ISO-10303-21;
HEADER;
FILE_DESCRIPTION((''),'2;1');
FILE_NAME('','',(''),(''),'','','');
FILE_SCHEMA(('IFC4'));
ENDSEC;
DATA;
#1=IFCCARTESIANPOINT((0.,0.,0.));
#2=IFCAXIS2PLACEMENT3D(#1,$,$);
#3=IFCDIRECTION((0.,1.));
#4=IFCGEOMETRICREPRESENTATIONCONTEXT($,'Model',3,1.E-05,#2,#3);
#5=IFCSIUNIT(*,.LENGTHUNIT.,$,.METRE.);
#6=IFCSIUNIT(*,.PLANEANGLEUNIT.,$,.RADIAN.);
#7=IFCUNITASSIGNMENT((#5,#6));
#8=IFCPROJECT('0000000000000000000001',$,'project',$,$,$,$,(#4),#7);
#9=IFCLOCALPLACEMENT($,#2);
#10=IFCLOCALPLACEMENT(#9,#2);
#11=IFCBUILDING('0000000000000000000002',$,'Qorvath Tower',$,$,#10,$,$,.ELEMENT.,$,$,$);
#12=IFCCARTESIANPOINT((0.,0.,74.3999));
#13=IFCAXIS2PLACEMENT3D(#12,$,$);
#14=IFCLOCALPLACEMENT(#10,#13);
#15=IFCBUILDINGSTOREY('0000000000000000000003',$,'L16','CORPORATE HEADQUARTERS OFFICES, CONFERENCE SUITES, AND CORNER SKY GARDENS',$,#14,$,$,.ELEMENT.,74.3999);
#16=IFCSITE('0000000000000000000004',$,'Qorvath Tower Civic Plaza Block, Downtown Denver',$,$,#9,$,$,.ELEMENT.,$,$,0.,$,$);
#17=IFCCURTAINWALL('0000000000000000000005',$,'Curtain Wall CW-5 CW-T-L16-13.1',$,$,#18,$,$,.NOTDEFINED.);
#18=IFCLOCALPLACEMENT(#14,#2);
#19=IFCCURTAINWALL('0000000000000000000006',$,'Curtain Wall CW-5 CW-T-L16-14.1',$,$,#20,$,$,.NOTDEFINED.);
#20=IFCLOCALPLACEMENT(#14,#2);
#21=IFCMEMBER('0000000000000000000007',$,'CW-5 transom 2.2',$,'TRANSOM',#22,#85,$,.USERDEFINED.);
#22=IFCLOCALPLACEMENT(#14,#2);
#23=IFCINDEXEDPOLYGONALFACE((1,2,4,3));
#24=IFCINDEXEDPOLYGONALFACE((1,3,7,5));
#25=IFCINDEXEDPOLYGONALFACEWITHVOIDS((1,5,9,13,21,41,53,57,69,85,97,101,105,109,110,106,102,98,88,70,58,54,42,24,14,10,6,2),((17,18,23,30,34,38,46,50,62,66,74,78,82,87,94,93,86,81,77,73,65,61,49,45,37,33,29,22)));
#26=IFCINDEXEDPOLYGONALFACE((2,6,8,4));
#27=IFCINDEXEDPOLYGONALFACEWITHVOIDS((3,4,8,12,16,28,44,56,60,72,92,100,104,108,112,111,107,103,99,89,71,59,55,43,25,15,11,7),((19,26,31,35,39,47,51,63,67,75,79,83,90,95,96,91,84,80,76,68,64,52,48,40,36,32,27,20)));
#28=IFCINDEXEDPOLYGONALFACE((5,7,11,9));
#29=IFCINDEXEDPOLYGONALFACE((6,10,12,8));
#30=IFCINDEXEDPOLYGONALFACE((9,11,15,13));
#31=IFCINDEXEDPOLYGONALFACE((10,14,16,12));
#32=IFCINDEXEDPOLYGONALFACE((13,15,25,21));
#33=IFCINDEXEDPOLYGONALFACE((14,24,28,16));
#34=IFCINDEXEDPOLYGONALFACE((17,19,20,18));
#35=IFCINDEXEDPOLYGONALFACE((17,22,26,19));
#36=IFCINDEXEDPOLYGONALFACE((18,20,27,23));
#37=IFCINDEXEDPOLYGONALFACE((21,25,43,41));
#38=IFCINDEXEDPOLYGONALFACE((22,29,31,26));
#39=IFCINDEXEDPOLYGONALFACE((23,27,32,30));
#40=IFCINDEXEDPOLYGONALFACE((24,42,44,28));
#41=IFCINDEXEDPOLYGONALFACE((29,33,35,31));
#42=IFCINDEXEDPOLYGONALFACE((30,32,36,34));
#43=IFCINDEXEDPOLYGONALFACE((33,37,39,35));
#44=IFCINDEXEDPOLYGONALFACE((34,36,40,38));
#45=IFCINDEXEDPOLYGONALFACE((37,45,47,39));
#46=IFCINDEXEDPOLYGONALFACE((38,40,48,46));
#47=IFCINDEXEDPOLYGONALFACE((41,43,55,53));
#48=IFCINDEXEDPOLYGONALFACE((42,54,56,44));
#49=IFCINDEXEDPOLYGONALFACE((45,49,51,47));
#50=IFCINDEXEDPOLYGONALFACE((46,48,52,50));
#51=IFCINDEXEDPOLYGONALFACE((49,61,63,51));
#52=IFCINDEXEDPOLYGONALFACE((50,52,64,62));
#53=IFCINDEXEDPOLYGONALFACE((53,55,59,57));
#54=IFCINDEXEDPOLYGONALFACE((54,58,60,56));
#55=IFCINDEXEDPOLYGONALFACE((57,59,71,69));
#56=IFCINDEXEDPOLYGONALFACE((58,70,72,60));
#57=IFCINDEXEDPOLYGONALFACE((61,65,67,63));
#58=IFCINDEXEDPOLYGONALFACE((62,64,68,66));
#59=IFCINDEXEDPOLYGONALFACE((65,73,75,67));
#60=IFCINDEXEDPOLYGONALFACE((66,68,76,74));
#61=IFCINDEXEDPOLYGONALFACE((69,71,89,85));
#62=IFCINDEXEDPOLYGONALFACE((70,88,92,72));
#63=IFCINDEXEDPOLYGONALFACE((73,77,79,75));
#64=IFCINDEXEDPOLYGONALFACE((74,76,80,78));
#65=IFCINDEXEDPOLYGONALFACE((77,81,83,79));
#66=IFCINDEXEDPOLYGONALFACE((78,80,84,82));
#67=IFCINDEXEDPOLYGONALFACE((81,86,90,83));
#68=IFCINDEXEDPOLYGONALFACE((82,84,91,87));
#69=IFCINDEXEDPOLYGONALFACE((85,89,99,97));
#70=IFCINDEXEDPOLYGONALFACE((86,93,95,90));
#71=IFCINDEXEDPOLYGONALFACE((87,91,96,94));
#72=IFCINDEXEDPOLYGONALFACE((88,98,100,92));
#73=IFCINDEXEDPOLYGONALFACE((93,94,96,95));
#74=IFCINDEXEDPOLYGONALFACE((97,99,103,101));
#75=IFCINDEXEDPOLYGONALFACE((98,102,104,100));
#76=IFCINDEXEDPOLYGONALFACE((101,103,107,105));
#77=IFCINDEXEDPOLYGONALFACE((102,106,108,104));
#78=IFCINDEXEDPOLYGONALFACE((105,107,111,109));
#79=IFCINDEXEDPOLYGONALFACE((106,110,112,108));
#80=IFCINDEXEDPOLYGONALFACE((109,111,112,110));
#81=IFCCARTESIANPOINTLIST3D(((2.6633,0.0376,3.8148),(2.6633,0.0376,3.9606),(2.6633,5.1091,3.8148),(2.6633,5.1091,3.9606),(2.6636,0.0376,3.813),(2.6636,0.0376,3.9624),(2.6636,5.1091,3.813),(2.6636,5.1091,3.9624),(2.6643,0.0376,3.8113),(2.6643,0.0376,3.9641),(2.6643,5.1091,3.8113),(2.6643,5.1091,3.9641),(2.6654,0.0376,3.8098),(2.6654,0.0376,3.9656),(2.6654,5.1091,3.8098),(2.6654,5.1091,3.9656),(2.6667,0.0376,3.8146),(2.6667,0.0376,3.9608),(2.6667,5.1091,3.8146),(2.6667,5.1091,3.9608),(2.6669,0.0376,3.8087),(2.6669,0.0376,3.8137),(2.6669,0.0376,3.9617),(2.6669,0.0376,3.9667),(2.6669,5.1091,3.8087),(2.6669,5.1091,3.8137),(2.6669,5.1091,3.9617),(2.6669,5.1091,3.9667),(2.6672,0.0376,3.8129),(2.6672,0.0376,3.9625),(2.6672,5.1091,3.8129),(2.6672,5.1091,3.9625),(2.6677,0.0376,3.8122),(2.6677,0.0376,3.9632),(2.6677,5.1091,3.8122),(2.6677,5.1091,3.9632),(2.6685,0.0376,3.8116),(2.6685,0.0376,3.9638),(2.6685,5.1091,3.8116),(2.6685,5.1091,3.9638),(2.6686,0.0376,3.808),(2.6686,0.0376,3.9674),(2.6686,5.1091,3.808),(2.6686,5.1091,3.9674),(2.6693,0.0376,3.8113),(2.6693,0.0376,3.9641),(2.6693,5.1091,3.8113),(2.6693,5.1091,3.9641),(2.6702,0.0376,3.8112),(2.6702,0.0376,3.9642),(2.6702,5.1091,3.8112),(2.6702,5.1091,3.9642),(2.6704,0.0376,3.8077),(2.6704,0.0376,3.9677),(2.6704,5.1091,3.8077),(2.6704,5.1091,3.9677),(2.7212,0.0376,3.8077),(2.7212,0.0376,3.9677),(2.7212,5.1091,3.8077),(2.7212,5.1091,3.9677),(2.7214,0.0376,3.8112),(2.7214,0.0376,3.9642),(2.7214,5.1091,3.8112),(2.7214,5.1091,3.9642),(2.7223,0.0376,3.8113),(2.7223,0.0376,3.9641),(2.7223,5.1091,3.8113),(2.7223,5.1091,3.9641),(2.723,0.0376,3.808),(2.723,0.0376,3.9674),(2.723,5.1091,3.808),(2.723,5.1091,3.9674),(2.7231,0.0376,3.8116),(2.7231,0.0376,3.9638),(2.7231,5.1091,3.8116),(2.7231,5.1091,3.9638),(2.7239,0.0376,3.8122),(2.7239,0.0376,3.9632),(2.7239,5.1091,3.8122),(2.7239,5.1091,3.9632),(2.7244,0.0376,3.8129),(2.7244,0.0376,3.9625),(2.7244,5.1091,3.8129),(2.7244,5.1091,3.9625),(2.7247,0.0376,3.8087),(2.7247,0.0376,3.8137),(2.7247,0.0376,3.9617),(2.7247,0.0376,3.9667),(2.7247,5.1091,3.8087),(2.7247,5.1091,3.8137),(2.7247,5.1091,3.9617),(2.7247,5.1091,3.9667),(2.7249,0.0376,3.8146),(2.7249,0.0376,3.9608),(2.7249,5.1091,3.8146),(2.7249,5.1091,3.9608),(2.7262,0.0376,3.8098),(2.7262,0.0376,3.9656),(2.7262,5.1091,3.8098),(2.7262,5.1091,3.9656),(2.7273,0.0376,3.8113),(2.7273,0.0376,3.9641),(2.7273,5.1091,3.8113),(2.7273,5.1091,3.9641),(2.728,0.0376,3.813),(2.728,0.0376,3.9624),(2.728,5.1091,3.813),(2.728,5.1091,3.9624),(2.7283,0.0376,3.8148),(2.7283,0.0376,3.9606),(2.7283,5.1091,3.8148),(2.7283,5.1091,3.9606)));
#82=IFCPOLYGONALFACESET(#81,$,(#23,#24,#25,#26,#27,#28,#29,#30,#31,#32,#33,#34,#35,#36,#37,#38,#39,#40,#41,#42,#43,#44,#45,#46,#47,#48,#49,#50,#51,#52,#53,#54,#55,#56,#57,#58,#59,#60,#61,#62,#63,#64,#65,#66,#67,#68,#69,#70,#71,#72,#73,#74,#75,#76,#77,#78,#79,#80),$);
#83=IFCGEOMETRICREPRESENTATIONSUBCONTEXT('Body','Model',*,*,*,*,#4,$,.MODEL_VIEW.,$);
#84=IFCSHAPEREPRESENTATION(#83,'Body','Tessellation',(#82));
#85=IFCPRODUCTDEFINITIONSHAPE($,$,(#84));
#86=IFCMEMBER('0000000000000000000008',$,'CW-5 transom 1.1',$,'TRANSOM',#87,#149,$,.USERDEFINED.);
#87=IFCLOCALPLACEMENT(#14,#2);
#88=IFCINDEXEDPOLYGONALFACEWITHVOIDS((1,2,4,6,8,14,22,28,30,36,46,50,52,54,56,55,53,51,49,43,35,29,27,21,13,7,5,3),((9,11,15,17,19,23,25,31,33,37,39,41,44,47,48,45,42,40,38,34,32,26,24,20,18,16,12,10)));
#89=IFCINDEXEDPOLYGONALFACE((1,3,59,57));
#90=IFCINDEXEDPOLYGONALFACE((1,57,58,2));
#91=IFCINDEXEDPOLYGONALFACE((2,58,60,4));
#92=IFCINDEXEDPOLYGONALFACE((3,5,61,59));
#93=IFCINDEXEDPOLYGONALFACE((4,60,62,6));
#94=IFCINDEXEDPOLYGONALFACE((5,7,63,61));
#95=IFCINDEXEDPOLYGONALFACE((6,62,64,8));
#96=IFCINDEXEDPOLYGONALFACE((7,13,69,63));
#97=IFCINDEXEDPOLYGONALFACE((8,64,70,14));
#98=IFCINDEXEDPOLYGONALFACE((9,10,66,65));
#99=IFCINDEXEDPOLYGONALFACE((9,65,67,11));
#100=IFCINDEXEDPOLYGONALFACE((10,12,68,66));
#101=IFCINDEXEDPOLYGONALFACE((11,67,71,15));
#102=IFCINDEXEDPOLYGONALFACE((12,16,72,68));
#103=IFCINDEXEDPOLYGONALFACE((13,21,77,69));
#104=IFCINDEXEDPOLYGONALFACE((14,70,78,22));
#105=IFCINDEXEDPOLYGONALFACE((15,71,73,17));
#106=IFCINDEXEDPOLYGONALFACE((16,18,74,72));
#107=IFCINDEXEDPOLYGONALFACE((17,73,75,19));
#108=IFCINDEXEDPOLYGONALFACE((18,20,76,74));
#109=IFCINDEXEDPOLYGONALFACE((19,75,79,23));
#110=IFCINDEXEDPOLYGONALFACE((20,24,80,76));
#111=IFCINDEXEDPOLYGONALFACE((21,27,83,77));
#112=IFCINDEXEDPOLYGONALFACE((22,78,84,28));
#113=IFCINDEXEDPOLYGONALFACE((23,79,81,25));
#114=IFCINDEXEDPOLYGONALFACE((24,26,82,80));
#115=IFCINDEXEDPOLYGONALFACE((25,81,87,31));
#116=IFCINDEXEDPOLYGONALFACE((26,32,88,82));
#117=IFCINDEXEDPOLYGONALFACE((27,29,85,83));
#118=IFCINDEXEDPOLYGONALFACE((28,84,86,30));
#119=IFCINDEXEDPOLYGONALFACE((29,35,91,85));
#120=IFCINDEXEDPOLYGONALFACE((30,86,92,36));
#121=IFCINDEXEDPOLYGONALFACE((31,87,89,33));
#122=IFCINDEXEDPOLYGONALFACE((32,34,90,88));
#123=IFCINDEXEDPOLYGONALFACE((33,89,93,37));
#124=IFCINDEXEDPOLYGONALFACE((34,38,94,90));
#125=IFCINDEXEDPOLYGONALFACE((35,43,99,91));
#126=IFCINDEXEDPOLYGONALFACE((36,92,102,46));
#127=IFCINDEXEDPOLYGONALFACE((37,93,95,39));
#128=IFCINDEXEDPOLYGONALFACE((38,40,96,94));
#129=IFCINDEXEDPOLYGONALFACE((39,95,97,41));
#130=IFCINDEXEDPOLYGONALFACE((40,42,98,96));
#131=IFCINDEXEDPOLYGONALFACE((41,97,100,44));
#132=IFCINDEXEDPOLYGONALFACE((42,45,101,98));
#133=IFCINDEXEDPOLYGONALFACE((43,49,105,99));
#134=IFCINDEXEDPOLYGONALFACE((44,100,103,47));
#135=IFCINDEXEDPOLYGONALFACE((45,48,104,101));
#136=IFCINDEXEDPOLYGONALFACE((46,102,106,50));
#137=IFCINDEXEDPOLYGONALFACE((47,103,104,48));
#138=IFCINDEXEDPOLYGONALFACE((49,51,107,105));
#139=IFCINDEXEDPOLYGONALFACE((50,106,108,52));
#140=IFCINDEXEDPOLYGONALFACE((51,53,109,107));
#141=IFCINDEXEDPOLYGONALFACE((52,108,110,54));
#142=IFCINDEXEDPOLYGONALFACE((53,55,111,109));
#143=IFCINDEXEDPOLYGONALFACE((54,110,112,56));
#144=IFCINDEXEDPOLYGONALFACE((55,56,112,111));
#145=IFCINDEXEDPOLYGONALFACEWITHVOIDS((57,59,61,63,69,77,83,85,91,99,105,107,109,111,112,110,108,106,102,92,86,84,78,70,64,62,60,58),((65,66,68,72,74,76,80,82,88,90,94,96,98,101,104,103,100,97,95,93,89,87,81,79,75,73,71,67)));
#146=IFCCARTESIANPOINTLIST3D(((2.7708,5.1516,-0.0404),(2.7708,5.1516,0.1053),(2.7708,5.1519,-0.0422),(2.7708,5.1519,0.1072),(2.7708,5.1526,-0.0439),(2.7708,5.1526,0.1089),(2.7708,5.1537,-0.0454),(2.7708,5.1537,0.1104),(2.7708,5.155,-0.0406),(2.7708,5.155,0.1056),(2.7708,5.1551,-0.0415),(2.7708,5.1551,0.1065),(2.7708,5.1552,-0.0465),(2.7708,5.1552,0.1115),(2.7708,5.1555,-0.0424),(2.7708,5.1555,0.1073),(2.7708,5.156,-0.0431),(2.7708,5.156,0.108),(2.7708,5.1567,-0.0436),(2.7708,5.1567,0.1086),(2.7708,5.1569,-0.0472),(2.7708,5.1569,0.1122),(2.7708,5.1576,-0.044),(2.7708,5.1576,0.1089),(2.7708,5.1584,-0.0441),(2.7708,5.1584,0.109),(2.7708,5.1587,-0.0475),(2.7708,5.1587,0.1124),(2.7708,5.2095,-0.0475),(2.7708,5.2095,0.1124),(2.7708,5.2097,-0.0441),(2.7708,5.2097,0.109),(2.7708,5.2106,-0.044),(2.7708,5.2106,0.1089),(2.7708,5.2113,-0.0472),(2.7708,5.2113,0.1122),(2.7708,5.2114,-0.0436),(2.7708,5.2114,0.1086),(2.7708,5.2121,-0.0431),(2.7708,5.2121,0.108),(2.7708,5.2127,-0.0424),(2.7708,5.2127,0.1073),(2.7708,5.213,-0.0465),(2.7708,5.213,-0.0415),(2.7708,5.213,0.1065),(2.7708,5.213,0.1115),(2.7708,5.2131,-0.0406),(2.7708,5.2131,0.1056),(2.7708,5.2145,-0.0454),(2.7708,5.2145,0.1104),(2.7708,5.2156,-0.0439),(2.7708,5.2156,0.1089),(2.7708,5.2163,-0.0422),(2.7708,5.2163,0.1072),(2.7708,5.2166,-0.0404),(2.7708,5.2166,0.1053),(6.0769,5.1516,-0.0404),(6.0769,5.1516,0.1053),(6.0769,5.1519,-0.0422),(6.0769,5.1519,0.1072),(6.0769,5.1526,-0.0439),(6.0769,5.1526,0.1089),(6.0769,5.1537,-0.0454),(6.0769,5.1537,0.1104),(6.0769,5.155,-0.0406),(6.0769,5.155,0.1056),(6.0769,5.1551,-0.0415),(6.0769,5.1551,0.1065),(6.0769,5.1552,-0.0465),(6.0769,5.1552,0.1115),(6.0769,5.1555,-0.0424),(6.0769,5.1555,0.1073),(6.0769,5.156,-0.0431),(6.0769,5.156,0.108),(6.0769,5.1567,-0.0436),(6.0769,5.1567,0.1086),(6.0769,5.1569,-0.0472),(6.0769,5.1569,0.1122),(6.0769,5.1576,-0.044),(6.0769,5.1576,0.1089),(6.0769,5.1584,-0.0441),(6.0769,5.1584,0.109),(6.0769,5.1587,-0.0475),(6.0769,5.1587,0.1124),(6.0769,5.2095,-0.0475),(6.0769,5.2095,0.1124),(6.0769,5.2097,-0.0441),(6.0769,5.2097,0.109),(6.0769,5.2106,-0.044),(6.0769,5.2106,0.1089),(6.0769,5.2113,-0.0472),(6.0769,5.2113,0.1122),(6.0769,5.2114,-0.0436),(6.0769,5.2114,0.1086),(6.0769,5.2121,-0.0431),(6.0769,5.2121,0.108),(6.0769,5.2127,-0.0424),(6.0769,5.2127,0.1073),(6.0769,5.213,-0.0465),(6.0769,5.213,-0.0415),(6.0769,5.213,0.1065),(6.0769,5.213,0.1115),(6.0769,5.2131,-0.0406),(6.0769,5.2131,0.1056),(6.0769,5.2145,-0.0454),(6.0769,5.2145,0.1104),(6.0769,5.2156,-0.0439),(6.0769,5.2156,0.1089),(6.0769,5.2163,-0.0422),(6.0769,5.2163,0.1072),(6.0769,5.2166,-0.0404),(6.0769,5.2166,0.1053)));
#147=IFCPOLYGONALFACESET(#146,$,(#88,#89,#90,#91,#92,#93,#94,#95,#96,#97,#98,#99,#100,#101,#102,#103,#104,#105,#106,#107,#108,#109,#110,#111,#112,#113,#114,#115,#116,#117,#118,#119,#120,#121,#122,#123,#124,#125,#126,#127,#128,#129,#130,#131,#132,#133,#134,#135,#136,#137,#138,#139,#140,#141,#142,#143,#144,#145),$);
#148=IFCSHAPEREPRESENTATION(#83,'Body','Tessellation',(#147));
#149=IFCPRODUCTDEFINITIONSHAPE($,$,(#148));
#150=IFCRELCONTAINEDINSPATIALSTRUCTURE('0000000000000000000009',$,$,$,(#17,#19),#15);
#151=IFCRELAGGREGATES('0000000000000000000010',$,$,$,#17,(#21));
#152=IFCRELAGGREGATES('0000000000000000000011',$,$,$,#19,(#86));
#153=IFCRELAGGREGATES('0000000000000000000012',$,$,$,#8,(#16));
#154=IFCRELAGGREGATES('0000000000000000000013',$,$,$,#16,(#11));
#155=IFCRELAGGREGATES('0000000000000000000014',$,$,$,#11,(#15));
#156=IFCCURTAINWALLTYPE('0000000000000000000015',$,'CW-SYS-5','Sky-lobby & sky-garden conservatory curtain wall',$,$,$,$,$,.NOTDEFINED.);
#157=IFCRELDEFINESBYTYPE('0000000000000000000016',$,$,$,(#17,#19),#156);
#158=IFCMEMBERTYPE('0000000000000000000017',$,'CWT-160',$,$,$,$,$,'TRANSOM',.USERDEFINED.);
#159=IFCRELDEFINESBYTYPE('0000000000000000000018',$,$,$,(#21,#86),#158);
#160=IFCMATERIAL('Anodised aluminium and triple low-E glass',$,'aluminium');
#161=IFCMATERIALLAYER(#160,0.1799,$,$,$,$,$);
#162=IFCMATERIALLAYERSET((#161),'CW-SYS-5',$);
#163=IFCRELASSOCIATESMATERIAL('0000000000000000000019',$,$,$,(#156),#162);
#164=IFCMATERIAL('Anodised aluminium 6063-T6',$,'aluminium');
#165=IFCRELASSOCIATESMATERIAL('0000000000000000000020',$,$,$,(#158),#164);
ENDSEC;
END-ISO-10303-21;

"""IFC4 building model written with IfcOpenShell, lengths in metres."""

from ifc_helpers import new_model, si_unit, direction, frame, origin, origin_2d, place, context, subcontext, project, spatial, hollow_rectangle, extrude, material, layer, layer_set, material_profile, profile_set, type_object, element, aggregate, save


model = new_model("IFC4")

# Units and contexts
model_context = context("Model", 3, precision=1e-05, world=origin(), true_north=direction((0.0, 1.0)))
body_context = subcontext(model_context, "Body", "Model", "MODEL_VIEW")
ifc_project = project(units=[si_unit("LENGTHUNIT", "METRE"), si_unit("PLANEANGLEUNIT", "RADIAN")], contexts=[model_context])

# Site, building, storey
site_placement = place(None, origin())
site = spatial("IfcSite", under=ifc_project, at=site_placement, Name="Qorvath Tower Civic Plaza Block, Downtown Denver", CompositionType="ELEMENT", RefElevation=0.0)
building_placement = place(site_placement, origin())
building = spatial("IfcBuilding", under=site, at=building_placement, Name="Qorvath Tower", CompositionType="ELEMENT")
storey_placement = place(building_placement, frame((0.0, 0.0, 74.3999)))
storey = spatial("IfcBuildingStorey", under=building, at=storey_placement, Name="L16", Description="CORPORATE HEADQUARTERS OFFICES, CONFERENCE SUITES, AND CORNER SKY GARDENS", CompositionType="ELEMENT", Elevation=74.3999)

# Curtain walls
ifc_material_1 = material(Name="Anodised aluminium and triple low-E glass", Category="aluminium")
ifc_layer_1 = layer(ifc_material_1, 0.1799)
ifc_layer_set_1 = layer_set([ifc_layer_1], Name="CW-SYS-5")
curtain_wall_type = type_object("IfcCurtainWallType", Name="CW-SYS-5", Description="Sky-lobby & sky-garden conservatory curtain wall", PredefinedType="NOTDEFINED", material=ifc_layer_set_1)
curtain_wall_1_placement = place(storey_placement, origin())
curtain_wall_1 = element("IfcCurtainWall", 1, at=curtain_wall_1_placement, inside=storey, type_object=curtain_wall_type, Name="Curtain Wall CW-5 CW-T-L16-13.1", PredefinedType="NOTDEFINED")
curtain_wall_2_placement = place(storey_placement, origin())
curtain_wall_2 = element("IfcCurtainWall", 2, at=curtain_wall_2_placement, inside=storey, type_object=curtain_wall_type, Name="Curtain Wall CW-5 CW-T-L16-14.1", PredefinedType="NOTDEFINED")

# Members
ifc_material_2 = material(Name="Anodised aluminium 6063-T6", Category="aluminium")
ifc_material_profile_1 = material_profile(ifc_material_2, hollow_rectangle(XDim=0.0649, YDim=0.1599, WallThickness=0.0034, InnerFilletRadius=0.0034, OuterFilletRadius=0.0071, at=origin_2d()), Name="CWT 160x65")
ifc_profile_set_1 = profile_set([ifc_material_profile_1], Name="Anodised aluminium 6063-T6")
member_type_1 = type_object("IfcMemberType", Name="CWT-160", ElementType="TRANSOM", PredefinedType="USERDEFINED", material=ifc_profile_set_1)
member_1_placement = place(storey_placement, frame((2.6958, 0.0376, 3.8877), z_axis=(0.0, 1.0, 0.0), x_axis=(-1.0, 0.0, 0.0)))
member_1 = element("IfcMember", 3, at=member_1_placement, type_object=member_type_1, Name="CW-5 transom 2.2", ObjectType="TRANSOM", PredefinedType="USERDEFINED", context=body_context, shape_type="SweptSolid", body=[
    extrude(hollow_rectangle(XDim=0.0649, YDim=0.1599, WallThickness=0.0034, InnerFilletRadius=0.0034, OuterFilletRadius=0.0071, at=origin_2d()), origin(), (0.0, 0.0, 1.0), 5.0715),
])
member_2_placement = place(storey_placement, frame((2.7708, 5.1841, 0.0325), z_axis=(1.0, 0.0, 0.0), x_axis=(0.0, 1.0, 0.0)))
member_2 = element("IfcMember", 4, at=member_2_placement, type_object=member_type_1, Name="CW-5 transom 1.1", ObjectType="TRANSOM", PredefinedType="USERDEFINED", context=body_context, shape_type="SweptSolid", body=[
    extrude(hollow_rectangle(XDim=0.0649, YDim=0.1599, WallThickness=0.0034, InnerFilletRadius=0.0034, OuterFilletRadius=0.0071, at=origin_2d()), origin(), (0.0, 0.0, 1.0), 3.3062),
])

aggregate(curtain_wall_1, [member_1])
aggregate(curtain_wall_2, [member_2])

save(model, "model.ifc")
